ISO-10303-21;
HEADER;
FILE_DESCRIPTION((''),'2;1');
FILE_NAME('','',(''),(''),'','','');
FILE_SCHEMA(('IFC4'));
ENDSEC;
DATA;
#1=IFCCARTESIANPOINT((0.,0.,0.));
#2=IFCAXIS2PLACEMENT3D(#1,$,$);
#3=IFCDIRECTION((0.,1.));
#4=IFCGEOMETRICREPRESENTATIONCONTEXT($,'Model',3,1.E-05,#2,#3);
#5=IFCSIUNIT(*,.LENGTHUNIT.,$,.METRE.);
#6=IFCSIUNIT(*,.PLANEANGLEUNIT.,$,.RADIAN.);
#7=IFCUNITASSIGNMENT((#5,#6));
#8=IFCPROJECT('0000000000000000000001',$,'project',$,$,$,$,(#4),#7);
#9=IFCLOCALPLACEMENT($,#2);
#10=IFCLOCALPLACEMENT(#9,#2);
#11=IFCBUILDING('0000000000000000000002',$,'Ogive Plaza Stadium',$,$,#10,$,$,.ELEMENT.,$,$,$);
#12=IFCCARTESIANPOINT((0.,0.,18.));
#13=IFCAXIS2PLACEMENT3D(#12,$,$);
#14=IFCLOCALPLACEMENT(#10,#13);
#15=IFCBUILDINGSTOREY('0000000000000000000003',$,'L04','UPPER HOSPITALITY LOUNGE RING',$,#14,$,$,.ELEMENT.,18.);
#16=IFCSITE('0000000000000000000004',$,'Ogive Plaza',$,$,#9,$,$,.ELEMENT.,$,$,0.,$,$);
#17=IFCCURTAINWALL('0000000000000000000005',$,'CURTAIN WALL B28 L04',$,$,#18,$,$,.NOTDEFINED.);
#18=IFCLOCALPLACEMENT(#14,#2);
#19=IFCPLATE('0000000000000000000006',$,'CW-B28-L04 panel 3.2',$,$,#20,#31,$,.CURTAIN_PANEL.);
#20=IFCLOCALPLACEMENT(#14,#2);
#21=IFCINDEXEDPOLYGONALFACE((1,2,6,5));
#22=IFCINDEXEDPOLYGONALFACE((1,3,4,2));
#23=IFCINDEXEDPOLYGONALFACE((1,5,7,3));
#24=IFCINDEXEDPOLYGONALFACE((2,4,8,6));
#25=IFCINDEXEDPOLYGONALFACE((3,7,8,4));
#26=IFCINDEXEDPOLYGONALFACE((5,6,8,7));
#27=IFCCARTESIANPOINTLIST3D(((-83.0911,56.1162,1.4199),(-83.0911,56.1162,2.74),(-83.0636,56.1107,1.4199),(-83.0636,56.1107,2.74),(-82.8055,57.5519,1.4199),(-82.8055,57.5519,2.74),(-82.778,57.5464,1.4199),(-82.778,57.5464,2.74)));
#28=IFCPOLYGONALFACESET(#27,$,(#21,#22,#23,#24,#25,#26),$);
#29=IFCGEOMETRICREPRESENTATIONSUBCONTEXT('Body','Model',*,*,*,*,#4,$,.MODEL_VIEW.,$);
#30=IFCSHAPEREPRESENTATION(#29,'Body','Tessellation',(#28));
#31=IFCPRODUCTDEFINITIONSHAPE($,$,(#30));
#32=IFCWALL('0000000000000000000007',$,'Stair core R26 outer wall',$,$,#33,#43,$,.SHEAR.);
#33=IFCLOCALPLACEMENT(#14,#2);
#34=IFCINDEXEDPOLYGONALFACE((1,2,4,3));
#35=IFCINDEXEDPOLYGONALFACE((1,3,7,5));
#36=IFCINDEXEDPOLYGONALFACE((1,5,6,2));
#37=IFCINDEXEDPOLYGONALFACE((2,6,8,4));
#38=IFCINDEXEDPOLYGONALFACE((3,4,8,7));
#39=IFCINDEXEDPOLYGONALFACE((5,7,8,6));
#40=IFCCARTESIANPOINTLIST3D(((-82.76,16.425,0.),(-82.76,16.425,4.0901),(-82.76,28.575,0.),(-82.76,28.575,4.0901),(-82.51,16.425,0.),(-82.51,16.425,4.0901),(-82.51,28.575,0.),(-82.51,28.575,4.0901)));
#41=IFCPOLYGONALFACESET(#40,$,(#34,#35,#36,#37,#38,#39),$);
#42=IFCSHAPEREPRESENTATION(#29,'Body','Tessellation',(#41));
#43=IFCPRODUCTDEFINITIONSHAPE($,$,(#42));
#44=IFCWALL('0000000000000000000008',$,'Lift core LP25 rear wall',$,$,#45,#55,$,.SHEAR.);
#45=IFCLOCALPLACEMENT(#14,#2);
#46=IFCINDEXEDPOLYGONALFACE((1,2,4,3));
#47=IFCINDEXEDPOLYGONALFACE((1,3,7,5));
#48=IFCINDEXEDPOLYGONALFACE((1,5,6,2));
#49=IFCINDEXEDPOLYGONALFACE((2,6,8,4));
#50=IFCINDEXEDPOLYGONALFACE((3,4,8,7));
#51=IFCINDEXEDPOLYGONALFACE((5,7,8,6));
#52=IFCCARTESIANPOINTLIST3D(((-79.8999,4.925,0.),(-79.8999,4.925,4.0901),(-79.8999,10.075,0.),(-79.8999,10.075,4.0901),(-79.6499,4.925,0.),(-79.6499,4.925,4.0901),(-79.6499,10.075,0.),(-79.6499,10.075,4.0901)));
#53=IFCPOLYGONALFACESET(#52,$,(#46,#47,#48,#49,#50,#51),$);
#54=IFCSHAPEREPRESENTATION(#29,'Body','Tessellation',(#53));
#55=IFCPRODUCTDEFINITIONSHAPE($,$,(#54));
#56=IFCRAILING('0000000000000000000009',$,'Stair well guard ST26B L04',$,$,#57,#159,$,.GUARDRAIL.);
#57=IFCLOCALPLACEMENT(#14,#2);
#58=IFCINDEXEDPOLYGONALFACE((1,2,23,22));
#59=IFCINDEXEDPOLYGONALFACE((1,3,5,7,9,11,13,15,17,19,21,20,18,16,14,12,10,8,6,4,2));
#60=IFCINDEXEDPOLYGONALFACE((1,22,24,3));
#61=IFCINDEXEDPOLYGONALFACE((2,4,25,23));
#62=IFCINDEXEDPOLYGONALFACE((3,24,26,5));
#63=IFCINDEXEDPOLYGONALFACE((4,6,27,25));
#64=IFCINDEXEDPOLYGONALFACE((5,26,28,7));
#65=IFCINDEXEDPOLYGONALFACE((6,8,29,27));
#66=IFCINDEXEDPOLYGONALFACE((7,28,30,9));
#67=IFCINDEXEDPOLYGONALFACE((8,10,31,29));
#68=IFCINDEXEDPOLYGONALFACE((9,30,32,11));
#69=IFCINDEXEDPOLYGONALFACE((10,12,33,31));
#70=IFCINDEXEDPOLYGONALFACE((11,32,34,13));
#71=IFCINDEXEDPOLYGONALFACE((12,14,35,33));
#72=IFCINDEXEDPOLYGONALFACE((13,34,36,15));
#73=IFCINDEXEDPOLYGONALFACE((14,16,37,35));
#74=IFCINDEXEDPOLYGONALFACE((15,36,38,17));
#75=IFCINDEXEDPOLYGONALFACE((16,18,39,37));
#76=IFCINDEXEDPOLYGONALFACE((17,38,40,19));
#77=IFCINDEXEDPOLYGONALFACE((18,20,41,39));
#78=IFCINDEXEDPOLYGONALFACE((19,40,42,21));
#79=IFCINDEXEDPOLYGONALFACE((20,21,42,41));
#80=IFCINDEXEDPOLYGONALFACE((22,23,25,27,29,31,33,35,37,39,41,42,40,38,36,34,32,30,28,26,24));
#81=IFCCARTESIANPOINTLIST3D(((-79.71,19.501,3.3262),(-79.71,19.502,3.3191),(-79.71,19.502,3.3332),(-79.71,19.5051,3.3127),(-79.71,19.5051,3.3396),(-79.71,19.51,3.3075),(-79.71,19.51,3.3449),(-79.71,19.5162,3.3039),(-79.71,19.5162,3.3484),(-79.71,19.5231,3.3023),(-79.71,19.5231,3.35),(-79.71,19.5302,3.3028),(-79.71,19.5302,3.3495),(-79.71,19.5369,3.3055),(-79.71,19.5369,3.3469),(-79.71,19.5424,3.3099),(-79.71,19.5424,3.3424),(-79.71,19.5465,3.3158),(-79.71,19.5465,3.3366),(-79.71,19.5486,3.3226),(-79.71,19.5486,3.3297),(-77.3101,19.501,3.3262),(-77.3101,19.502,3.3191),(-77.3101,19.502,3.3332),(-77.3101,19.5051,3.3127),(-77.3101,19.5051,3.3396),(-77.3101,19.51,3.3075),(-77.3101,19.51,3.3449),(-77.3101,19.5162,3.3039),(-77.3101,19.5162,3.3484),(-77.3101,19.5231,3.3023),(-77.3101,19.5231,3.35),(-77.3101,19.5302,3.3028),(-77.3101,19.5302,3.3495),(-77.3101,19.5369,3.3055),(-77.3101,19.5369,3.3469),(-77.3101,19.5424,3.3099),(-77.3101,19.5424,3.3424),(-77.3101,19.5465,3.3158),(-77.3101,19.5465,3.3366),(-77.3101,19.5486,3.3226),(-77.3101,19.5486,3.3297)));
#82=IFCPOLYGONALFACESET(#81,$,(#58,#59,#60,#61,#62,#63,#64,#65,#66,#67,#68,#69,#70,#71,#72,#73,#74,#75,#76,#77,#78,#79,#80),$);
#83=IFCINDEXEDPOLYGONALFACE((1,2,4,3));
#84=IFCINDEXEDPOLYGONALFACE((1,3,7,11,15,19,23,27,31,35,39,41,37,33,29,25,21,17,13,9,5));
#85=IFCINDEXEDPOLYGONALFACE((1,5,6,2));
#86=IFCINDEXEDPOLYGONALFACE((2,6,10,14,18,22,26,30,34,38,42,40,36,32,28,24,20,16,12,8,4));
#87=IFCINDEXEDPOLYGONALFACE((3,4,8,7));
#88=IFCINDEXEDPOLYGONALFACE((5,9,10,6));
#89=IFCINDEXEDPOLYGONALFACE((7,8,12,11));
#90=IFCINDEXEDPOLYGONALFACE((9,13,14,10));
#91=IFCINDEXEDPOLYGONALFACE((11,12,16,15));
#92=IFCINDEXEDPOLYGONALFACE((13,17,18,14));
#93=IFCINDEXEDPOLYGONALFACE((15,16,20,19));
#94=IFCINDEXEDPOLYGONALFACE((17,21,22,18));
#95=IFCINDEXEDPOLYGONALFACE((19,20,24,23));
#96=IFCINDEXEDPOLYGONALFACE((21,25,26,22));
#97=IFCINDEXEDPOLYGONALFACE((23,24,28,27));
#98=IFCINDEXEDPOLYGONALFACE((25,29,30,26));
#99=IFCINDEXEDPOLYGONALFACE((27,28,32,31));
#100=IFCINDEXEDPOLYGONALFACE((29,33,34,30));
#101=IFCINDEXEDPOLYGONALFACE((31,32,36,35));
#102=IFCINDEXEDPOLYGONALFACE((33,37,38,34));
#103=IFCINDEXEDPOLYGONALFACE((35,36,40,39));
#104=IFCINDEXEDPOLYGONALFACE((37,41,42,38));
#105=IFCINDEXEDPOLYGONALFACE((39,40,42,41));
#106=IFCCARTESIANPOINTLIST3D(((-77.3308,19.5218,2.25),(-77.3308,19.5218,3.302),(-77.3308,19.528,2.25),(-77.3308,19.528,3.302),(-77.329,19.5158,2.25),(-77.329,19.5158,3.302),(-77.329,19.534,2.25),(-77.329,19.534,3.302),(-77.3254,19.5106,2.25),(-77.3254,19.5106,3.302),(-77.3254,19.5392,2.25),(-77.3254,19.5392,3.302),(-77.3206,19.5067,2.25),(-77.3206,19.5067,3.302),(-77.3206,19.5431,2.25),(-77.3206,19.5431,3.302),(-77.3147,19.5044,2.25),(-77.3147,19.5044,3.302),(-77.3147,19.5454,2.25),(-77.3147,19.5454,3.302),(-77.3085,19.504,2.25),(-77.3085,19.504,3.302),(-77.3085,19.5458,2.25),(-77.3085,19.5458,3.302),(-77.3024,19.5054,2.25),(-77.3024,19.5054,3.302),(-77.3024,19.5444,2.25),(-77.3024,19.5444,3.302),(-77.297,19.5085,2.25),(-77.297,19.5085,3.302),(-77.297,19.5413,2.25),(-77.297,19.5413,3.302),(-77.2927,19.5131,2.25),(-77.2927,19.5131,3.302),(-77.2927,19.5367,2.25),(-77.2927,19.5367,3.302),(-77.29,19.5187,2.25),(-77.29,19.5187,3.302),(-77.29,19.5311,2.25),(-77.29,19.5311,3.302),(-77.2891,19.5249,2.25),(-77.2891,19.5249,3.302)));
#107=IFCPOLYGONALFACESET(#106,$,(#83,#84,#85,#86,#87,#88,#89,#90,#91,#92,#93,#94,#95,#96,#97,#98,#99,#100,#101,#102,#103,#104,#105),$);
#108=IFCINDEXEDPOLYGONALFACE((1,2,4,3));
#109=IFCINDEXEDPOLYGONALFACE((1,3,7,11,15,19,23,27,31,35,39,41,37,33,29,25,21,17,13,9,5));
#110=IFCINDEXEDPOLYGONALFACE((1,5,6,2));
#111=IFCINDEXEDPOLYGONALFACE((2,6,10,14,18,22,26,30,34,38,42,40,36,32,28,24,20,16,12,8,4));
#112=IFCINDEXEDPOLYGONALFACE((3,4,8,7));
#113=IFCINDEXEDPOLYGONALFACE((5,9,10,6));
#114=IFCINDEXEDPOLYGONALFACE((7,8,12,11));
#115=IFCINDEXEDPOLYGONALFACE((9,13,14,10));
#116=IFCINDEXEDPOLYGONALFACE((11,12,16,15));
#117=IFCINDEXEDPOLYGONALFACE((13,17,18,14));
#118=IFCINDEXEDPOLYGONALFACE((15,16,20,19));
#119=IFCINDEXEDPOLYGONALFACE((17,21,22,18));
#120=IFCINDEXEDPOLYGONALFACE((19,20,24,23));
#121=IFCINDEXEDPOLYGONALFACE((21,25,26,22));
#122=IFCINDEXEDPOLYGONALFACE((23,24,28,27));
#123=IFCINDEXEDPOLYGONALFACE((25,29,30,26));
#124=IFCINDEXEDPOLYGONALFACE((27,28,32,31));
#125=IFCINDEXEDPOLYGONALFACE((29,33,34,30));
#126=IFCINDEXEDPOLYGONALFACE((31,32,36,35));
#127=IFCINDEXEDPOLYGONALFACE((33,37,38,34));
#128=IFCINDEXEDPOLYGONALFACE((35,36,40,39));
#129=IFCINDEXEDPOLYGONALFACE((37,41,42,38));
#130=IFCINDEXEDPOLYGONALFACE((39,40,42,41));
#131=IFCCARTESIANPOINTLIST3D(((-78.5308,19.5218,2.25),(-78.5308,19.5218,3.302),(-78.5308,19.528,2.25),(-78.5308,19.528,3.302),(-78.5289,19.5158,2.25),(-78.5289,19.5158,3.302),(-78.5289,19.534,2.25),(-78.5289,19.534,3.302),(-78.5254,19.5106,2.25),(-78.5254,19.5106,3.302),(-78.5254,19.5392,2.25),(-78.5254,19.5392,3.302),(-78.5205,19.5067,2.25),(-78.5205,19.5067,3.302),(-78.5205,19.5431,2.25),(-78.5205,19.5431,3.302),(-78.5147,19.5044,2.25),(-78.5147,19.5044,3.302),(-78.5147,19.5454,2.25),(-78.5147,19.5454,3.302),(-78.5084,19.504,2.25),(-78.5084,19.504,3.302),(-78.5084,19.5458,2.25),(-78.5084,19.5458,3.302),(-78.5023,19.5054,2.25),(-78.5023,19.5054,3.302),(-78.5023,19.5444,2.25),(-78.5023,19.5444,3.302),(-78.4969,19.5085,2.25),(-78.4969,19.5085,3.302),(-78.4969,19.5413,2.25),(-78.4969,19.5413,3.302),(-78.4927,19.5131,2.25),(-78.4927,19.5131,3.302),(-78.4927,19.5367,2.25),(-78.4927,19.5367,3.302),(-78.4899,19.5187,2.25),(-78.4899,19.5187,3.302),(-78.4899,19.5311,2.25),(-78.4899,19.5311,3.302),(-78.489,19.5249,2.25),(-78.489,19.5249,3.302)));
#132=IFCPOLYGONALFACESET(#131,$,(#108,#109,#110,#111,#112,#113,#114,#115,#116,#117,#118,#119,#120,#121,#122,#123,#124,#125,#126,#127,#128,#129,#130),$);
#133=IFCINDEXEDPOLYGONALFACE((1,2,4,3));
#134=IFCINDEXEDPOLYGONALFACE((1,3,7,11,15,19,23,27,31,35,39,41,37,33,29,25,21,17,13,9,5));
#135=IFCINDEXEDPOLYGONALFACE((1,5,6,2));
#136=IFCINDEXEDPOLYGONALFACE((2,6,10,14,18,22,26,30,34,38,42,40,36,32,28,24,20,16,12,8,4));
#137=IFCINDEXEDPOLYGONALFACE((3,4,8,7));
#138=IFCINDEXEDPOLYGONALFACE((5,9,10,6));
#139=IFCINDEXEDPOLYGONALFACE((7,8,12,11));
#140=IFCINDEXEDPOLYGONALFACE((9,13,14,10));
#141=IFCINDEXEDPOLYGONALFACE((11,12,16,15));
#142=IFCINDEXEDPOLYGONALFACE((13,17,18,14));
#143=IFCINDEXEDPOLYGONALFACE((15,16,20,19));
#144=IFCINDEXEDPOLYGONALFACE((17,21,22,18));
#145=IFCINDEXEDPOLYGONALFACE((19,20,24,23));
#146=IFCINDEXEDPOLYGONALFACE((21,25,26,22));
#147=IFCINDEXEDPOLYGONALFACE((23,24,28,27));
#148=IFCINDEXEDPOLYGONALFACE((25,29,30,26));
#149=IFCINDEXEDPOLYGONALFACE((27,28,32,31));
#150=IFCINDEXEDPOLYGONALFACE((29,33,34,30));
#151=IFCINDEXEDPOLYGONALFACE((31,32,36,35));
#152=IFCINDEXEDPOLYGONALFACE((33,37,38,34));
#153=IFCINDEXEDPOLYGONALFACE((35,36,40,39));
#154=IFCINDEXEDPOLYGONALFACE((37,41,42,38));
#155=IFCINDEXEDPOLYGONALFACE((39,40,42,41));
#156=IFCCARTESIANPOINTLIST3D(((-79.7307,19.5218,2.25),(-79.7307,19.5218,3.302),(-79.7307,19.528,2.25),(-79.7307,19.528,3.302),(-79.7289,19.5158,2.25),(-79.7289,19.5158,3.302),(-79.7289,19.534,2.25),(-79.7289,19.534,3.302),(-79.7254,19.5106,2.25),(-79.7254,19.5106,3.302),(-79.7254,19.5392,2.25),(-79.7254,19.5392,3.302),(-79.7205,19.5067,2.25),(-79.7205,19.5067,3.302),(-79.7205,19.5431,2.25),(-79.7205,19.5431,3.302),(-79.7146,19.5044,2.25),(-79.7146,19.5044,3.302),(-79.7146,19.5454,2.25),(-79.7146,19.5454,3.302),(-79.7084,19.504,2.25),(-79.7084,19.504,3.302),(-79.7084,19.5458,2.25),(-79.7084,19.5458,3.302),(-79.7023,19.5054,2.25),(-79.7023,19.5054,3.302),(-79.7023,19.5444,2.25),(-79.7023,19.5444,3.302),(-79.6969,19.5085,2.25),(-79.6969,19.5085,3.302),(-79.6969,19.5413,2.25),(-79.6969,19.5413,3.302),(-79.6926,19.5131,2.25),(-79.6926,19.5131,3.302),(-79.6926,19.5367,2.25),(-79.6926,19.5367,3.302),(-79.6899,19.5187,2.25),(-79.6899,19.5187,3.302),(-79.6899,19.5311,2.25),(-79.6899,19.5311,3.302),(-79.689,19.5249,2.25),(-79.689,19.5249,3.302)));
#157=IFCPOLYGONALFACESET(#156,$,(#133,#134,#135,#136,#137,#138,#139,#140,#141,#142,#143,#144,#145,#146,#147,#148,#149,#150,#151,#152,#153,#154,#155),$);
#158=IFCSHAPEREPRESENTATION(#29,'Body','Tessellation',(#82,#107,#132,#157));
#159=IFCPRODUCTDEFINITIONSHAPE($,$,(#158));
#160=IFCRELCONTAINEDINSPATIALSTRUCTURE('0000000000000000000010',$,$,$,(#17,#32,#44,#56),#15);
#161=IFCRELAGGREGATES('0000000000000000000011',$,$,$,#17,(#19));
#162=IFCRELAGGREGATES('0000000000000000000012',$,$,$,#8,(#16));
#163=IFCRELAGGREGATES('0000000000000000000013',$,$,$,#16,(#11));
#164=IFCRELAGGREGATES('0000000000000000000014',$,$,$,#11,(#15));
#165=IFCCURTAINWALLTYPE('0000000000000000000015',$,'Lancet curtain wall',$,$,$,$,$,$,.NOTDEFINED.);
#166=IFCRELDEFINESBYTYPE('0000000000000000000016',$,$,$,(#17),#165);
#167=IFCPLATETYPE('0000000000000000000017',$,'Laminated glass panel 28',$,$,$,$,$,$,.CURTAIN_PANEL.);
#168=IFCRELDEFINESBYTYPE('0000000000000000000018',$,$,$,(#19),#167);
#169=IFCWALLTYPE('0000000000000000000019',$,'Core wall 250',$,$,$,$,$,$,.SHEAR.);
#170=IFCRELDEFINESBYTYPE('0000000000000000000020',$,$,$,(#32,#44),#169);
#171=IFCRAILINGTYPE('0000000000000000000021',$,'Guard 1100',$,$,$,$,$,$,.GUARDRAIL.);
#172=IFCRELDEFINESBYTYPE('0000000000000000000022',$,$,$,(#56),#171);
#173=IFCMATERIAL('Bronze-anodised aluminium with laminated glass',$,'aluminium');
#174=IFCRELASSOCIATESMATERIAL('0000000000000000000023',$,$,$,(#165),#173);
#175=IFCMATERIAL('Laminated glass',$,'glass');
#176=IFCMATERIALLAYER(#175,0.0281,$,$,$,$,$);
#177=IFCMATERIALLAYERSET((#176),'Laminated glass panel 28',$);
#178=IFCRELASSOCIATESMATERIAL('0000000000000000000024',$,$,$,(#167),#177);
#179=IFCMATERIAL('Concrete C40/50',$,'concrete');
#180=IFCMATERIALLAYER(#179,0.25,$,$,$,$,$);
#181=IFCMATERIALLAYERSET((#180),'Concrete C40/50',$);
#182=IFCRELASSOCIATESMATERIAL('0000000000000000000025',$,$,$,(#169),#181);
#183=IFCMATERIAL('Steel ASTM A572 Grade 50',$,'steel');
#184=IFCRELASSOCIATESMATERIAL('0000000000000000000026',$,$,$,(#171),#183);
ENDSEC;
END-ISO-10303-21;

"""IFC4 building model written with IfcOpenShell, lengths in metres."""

from ifc_helpers import new_model, si_unit, direction, frame, frame_2d, origin, origin_2d, place, context, subcontext, project, spatial, rectangle, circle, extrude, material, layer, layer_set, type_object, element, aggregate, save


model = new_model("IFC4")

# Units and contexts
model_context = context("Model", 3, precision=1e-05, world=origin(), true_north=direction((0.0, 1.0)))
body_context = subcontext(model_context, "Body", "Model", "MODEL_VIEW")
ifc_project = project(units=[si_unit("LENGTHUNIT", "METRE"), si_unit("PLANEANGLEUNIT", "RADIAN")], contexts=[model_context])

# Site, building, storey
site_placement = place(None, origin())
site = spatial("IfcSite", under=ifc_project, at=site_placement, Name="Ogive Plaza", CompositionType="ELEMENT", RefElevation=0.0)
building_placement = place(site_placement, origin())
building = spatial("IfcBuilding", under=site, at=building_placement, Name="Ogive Plaza Stadium", CompositionType="ELEMENT")
storey_placement = place(building_placement, frame((0.0, 0.0, 18.0)))
storey = spatial("IfcBuildingStorey", under=building, at=storey_placement, Name="L04", Description="UPPER HOSPITALITY LOUNGE RING", CompositionType="ELEMENT", Elevation=18.0)

# Curtain wall, plate
ifc_material_1 = material(Name="Bronze-anodised aluminium with laminated glass", Category="aluminium")
curtain_wall_type = type_object("IfcCurtainWallType", Name="Lancet curtain wall", PredefinedType="NOTDEFINED", material=ifc_material_1)
curtain_wall_placement = place(storey_placement, origin())
curtain_wall = element("IfcCurtainWall", 1, at=curtain_wall_placement, inside=storey, type_object=curtain_wall_type, Name="CURTAIN WALL B28 L04", PredefinedType="NOTDEFINED")
ifc_material_2 = material(Name="Laminated glass", Category="glass")
ifc_layer_1 = layer(ifc_material_2, 0.0281)
ifc_layer_set_1 = layer_set([ifc_layer_1], Name="Laminated glass panel 28")
plate_type = type_object("IfcPlateType", Name="Laminated glass panel 28", PredefinedType="CURTAIN_PANEL", material=ifc_layer_set_1)
plate_1_placement = place(storey_placement, frame((-82.9346, 56.8313, 1.4199), z_axis=(0.0, 0.0, 1.0), x_axis=(0.19509, 0.980785, 0.0)))
plate_1 = element("IfcPlate", 2, at=plate_1_placement, type_object=plate_type, Name="CW-B28-L04 panel 3.2", PredefinedType="CURTAIN_PANEL", context=body_context, shape_type="SweptSolid", body=[
    extrude(rectangle(XDim=1.4639, YDim=0.0281, at=origin_2d()), origin(), (0.0, 0.0, 1.0), 1.3201),
])
aggregate(curtain_wall, [plate_1])

# Walls
ifc_material_3 = material(Name="Concrete C40/50", Category="concrete")
ifc_layer_2 = layer(ifc_material_3, 0.25)
ifc_layer_set_2 = layer_set([ifc_layer_2], Name="Concrete C40/50")
wall_type = type_object("IfcWallType", Name="Core wall 250", PredefinedType="SHEAR", material=ifc_layer_set_2)
wall_1_placement = place(storey_placement, frame((-82.635, 28.575, 0.0), z_axis=(0.0, 0.0, 1.0), x_axis=(0.0, -1.0, 0.0)))
element("IfcWall", 3, at=wall_1_placement, inside=storey, type_object=wall_type, Name="Stair core R26 outer wall", PredefinedType="SHEAR", context=body_context, shape_type="SweptSolid", body=[
    extrude(rectangle(XDim=12.1499, YDim=0.25, at=frame_2d((6.075, 0.0))), origin(), (0.0, 0.0, 1.0), 4.0901),
])
wall_2_placement = place(storey_placement, frame((-79.7749, 10.075, 0.0), z_axis=(0.0, 0.0, 1.0), x_axis=(0.0, -1.0, 0.0)))
element("IfcWall", 4, at=wall_2_placement, inside=storey, type_object=wall_type, Name="Lift core LP25 rear wall", PredefinedType="SHEAR", context=body_context, shape_type="SweptSolid", body=[
    extrude(rectangle(XDim=5.1499, YDim=0.25, at=frame_2d((2.575, 0.0))), origin(), (0.0, 0.0, 1.0), 4.0901),
])

# Railing
ifc_material_4 = material(Name="Steel ASTM A572 Grade 50", Category="steel")
railing_type_1 = type_object("IfcRailingType", Name="Guard 1100", PredefinedType="GUARDRAIL", material=ifc_material_4)
railing_placement = place(storey_placement, frame((-77.3101, 19.5249, 2.25)))
element("IfcRailing", 5, at=railing_placement, inside=storey, type_object=railing_type_1, Name="Stair well guard ST26B L04", PredefinedType="GUARDRAIL", context=body_context, shape_type="SweptSolid", body=[
    extrude(circle(Radius=0.0239, at=origin_2d()), frame((0.0, 0.0, 1.0762), z_axis=(-1.0, 0.0, 0.0), x_axis=(0.0, -1.0, 0.0)), (0.0, 0.0, 1.0), 2.3999),
    extrude(circle(Radius=0.021, at=origin_2d()), origin(), (0.0, 0.0, 1.0), 1.052),
    extrude(circle(Radius=0.021, at=origin_2d()), frame((-1.2, 0.0, 0.0)), (0.0, 0.0, 1.0), 1.052),
    extrude(circle(Radius=0.021, at=origin_2d()), frame((-2.3999, 0.0, 0.0)), (0.0, 0.0, 1.0), 1.052),
])

save(model, "model.ifc")
